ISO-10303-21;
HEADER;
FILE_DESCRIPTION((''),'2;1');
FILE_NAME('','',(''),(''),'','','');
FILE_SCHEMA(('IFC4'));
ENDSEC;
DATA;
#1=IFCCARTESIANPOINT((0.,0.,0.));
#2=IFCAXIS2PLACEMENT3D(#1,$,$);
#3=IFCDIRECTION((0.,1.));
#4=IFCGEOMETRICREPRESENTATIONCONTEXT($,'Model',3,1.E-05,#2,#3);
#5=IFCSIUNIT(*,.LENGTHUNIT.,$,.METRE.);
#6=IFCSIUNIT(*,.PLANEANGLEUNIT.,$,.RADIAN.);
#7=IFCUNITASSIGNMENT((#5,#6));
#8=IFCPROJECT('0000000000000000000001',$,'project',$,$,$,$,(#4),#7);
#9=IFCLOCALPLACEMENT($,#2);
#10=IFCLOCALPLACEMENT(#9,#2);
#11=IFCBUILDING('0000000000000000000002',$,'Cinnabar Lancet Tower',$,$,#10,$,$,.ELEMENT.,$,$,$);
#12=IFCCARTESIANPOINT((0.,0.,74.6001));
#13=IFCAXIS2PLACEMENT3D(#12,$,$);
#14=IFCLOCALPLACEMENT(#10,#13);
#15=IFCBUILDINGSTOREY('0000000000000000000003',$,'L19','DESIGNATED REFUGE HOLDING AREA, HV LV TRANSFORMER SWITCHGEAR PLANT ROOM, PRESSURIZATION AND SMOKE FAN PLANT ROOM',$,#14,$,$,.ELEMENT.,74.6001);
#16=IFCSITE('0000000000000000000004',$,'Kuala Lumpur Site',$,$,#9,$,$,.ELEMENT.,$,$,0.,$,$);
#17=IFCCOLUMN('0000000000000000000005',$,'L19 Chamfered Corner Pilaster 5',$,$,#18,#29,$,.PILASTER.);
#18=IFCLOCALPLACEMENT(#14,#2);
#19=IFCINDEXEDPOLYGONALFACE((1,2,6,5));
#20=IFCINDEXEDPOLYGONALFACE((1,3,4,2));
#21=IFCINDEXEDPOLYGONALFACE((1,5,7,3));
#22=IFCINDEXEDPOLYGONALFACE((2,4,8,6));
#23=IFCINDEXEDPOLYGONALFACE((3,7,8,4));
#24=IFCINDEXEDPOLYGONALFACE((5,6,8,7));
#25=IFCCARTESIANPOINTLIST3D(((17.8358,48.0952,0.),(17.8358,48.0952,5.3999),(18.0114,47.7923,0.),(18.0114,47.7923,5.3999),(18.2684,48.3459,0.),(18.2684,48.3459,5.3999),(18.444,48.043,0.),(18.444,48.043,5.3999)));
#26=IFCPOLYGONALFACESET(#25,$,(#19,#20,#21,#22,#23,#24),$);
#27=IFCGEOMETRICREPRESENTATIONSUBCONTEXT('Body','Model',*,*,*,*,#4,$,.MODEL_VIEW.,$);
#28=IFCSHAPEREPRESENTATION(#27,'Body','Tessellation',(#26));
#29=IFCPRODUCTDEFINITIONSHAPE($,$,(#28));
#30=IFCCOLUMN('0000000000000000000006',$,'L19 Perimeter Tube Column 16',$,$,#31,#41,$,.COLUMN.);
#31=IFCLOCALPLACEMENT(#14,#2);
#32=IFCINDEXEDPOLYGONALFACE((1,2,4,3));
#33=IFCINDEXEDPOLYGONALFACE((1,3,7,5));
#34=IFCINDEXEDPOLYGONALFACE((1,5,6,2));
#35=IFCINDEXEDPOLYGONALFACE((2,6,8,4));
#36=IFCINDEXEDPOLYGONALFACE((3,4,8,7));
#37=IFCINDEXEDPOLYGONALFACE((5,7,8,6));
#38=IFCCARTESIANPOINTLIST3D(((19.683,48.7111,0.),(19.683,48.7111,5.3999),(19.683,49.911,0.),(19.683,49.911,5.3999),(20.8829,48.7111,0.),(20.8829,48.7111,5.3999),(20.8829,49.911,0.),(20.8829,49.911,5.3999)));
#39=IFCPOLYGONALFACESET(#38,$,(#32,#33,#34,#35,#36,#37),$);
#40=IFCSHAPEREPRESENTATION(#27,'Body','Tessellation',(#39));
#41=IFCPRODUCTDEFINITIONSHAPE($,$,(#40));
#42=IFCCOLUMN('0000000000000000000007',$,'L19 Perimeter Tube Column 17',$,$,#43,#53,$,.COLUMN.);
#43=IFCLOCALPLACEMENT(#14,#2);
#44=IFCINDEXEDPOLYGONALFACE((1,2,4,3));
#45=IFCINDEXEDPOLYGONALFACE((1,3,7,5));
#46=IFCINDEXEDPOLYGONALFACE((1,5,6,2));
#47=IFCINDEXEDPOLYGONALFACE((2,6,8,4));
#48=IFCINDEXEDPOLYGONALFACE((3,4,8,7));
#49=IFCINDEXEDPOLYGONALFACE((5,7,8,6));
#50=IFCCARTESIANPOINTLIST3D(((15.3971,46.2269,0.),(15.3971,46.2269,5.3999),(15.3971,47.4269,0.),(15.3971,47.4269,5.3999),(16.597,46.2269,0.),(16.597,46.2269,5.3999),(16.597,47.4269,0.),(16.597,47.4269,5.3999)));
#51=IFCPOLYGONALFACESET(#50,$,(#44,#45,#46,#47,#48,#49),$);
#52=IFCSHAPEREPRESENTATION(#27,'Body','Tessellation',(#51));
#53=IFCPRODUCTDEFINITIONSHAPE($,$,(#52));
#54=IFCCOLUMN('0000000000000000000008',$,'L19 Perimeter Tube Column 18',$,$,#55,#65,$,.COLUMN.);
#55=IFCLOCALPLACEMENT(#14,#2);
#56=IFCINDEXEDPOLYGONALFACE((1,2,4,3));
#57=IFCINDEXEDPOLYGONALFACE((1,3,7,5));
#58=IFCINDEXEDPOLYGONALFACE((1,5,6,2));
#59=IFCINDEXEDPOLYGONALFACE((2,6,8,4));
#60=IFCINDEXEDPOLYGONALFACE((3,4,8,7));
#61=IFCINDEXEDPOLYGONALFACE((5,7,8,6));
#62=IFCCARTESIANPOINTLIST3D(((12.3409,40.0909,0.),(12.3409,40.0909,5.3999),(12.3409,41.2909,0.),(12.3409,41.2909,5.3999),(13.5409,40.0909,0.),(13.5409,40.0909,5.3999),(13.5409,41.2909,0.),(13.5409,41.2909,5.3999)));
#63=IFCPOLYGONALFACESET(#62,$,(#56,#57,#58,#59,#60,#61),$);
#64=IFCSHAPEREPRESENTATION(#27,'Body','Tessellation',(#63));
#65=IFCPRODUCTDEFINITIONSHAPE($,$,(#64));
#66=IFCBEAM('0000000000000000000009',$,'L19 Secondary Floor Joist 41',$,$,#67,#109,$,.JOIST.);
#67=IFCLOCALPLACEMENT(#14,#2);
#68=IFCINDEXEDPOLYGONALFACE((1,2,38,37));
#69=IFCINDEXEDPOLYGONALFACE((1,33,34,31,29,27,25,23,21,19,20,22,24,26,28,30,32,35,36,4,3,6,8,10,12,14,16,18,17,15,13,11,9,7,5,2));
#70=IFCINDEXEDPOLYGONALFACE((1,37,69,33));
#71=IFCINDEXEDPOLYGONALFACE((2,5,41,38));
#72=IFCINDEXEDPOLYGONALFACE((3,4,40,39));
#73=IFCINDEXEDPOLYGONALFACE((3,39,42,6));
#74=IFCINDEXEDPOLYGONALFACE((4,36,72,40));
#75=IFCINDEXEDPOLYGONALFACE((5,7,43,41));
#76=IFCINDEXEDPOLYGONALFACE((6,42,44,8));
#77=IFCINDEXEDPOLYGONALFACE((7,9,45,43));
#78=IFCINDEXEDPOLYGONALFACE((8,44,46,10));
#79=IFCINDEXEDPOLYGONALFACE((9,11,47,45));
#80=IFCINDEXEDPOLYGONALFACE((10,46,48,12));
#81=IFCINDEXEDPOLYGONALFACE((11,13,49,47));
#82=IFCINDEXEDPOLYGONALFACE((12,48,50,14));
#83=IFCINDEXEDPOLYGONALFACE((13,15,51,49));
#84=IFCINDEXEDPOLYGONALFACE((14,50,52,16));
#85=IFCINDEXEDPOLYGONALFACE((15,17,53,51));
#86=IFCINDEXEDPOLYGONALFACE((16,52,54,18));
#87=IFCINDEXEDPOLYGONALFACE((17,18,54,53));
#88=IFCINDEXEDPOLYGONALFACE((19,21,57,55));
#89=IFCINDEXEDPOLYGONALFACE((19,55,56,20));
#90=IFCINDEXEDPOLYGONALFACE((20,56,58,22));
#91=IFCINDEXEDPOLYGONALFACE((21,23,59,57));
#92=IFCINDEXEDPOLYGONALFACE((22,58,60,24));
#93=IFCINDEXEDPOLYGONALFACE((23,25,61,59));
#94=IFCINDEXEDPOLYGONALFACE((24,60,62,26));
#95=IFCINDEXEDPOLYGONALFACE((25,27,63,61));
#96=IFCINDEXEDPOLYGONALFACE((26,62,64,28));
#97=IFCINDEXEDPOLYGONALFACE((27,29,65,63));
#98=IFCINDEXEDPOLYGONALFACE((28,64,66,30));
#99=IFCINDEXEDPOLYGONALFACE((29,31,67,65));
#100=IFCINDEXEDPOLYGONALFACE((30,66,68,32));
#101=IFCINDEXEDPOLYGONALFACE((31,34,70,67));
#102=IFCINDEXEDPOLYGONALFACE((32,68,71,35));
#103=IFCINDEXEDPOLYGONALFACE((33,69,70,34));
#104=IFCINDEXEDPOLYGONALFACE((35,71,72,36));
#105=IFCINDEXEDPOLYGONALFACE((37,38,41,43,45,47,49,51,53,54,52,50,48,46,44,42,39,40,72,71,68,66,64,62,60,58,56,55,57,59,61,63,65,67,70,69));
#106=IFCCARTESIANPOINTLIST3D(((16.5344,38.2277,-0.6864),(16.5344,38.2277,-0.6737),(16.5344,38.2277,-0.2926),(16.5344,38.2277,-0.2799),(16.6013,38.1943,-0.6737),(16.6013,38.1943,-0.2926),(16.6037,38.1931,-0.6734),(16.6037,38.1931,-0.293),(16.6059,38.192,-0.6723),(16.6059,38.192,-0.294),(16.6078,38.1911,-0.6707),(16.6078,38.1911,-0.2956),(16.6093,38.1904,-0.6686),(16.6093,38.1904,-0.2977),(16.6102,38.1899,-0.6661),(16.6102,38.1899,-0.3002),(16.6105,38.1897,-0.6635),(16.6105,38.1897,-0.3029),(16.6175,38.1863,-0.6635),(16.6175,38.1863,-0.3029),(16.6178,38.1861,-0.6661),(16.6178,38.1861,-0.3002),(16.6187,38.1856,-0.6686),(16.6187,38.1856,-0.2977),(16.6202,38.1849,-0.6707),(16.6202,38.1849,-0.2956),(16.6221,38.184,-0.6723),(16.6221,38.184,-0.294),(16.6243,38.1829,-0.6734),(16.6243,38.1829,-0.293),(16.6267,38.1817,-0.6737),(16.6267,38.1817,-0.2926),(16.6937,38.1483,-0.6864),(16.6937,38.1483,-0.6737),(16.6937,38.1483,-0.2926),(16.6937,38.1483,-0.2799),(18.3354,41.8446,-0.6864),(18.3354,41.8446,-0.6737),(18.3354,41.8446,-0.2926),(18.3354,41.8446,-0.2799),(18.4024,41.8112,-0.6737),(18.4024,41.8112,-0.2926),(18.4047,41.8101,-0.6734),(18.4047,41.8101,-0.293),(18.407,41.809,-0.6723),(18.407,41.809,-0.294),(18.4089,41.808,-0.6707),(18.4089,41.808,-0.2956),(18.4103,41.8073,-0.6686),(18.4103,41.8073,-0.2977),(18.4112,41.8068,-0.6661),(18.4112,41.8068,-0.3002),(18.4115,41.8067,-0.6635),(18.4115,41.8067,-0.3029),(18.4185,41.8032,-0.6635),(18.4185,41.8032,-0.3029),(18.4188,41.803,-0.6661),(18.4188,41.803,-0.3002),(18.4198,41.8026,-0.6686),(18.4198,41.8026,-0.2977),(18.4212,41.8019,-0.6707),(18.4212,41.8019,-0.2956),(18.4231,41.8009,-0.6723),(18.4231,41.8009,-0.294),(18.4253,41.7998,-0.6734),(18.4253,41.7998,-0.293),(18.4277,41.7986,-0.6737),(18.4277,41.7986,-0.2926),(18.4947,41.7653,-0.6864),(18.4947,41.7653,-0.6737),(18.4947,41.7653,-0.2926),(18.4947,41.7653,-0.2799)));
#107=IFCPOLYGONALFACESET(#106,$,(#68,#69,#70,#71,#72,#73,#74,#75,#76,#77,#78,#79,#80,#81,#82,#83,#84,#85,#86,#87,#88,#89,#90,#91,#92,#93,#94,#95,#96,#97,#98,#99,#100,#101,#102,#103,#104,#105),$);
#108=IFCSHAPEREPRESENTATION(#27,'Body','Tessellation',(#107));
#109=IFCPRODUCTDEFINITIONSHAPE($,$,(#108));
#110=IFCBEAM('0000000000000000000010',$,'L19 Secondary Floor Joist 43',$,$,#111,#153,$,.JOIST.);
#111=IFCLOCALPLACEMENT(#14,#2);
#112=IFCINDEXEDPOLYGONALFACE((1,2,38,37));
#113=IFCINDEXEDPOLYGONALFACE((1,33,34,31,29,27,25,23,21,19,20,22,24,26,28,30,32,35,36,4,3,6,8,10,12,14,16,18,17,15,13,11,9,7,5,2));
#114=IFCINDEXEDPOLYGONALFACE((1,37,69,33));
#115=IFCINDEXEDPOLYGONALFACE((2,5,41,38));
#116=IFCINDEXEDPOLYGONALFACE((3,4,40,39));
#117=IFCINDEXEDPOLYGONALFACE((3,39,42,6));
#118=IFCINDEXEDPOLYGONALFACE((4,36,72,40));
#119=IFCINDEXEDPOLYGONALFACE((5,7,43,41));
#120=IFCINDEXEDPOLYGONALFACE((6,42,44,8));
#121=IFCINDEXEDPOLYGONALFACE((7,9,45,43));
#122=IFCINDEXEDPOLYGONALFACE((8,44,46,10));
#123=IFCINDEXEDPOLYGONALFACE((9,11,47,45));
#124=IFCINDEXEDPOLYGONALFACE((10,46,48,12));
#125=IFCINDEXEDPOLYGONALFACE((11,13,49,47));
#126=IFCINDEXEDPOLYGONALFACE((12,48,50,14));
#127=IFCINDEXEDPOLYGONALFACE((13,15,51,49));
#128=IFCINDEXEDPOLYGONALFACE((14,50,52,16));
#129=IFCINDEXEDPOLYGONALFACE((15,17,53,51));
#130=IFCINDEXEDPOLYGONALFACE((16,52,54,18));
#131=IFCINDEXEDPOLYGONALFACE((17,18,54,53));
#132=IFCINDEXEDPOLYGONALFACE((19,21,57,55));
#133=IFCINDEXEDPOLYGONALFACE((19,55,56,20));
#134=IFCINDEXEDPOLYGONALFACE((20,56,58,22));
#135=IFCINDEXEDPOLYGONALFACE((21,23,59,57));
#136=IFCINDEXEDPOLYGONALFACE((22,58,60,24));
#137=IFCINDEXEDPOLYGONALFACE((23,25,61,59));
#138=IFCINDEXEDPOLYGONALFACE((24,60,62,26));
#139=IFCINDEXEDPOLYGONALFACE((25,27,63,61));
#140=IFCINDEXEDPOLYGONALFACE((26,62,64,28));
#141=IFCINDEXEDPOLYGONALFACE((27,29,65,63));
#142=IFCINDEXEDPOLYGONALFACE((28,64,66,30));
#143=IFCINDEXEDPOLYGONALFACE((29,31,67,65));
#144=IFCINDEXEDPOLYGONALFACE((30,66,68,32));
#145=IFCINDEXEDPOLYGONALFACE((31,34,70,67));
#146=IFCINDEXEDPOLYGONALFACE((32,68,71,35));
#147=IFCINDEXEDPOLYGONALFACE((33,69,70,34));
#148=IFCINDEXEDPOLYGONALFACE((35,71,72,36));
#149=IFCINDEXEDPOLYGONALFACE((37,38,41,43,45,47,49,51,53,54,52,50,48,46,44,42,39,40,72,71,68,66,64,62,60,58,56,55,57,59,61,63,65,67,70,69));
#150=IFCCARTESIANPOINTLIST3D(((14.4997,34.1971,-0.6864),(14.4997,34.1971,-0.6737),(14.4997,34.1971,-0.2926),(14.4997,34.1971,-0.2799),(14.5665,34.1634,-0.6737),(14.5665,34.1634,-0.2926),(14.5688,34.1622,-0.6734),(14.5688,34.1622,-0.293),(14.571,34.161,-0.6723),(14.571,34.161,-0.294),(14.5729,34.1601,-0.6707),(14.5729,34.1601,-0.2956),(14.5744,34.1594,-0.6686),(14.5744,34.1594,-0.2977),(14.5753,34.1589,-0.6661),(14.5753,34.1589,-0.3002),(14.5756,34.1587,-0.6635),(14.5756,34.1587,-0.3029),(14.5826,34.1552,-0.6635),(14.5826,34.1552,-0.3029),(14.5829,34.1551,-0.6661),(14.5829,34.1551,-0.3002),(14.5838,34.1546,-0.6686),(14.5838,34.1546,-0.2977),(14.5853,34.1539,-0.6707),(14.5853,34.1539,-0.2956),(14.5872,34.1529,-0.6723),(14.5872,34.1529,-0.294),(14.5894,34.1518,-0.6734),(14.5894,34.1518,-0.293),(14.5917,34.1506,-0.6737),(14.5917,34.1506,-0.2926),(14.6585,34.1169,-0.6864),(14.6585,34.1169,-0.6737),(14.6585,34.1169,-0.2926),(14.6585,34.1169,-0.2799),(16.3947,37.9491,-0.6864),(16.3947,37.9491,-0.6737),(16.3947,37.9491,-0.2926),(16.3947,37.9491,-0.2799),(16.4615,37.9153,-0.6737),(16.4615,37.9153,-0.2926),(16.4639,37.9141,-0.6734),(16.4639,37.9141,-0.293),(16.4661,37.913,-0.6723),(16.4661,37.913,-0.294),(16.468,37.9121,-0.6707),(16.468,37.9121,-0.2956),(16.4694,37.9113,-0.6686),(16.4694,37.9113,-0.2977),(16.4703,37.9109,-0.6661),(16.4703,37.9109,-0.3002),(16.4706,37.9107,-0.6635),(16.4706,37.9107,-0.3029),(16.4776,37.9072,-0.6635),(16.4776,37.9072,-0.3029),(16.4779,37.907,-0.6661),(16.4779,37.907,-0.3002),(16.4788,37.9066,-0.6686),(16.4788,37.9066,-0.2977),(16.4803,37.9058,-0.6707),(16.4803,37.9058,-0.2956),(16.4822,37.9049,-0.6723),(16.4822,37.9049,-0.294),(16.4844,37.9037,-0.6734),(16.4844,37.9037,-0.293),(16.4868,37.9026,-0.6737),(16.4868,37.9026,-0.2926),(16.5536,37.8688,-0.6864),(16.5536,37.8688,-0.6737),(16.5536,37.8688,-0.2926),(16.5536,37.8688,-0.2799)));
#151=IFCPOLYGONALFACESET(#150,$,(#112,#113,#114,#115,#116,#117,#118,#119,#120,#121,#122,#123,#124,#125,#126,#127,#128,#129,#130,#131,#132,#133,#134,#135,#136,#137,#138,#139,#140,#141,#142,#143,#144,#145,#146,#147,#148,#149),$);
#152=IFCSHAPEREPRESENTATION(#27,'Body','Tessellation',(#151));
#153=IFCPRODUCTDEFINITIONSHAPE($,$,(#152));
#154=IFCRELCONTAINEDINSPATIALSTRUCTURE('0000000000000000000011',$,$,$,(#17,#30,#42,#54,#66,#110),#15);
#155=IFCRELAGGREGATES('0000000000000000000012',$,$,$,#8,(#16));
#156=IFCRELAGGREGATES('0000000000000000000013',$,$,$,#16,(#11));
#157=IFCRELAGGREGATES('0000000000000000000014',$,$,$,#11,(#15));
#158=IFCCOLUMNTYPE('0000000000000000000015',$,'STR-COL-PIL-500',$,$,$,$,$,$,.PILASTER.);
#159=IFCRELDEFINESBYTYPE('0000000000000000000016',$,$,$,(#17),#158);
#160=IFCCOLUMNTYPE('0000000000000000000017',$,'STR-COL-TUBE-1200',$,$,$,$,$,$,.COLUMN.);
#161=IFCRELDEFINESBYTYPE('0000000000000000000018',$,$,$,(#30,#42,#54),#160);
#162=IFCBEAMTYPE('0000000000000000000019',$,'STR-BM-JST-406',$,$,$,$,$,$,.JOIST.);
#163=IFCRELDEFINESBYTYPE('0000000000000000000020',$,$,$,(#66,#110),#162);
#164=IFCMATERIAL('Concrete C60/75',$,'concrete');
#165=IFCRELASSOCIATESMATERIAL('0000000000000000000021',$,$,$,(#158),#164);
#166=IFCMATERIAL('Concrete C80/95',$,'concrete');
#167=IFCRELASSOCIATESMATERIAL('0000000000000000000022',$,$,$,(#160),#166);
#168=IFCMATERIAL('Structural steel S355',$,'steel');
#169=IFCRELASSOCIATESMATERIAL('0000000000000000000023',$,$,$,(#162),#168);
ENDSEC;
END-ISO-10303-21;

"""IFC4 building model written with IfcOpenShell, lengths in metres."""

from ifc_helpers import new_model, si_unit, direction, frame, origin, origin_2d, place, context, subcontext, project, spatial, rectangle, i_section, extrude, material, material_profile, profile_set, type_object, element, save


model = new_model("IFC4")

# Units and contexts
model_context = context("Model", 3, precision=1e-05, world=origin(), true_north=direction((0.0, 1.0)))
body_context = subcontext(model_context, "Body", "Model", "MODEL_VIEW")
ifc_project = project(units=[si_unit("LENGTHUNIT", "METRE"), si_unit("PLANEANGLEUNIT", "RADIAN")], contexts=[model_context])

# Site, building, storey
site_placement = place(None, origin())
site = spatial("IfcSite", under=ifc_project, at=site_placement, Name="Kuala Lumpur Site", CompositionType="ELEMENT", RefElevation=0.0)
building_placement = place(site_placement, origin())
building = spatial("IfcBuilding", under=site, at=building_placement, Name="Cinnabar Lancet Tower", CompositionType="ELEMENT")
storey_placement = place(building_placement, frame((0.0, 0.0, 74.6001)))
storey = spatial("IfcBuildingStorey", under=building, at=storey_placement, Name="L19", Description="DESIGNATED REFUGE HOLDING AREA, HV LV TRANSFORMER SWITCHGEAR PLANT ROOM, PRESSURIZATION AND SMOKE FAN PLANT ROOM", CompositionType="ELEMENT", Elevation=74.6001)

# Columns
ifc_material_1 = material(Name="Concrete C60/75", Category="concrete")
ifc_material_profile_1 = material_profile(ifc_material_1, rectangle(XDim=0.5, YDim=0.3501, at=origin_2d()), Name="RC-PIL 500x350")
ifc_profile_set_1 = profile_set([ifc_material_profile_1], Name="Concrete C60/75")
column_type_1 = type_object("IfcColumnType", Name="STR-COL-PIL-500", PredefinedType="PILASTER", material=ifc_profile_set_1)
column_placement = place(storey_placement, frame((18.1399, 48.0691, 0.0), z_axis=(0.0, 0.0, 1.0), x_axis=(-0.865195, -0.501435, 0.0)))
element("IfcColumn", 1, at=column_placement, inside=storey, type_object=column_type_1, Name="L19 Chamfered Corner Pilaster 5", PredefinedType="PILASTER", context=body_context, shape_type="SweptSolid", body=[
    extrude(rectangle(XDim=0.5, YDim=0.3501, at=origin_2d()), origin(), (0.0, 0.0, 1.0), 5.3999),
])
ifc_material_2 = material(Name="Concrete C80/95", Category="concrete")
ifc_material_profile_2 = material_profile(ifc_material_2, rectangle(XDim=1.2, YDim=1.2, at=origin_2d()), Name="RC-COL 1200x1200")
ifc_profile_set_2 = profile_set([ifc_material_profile_2], Name="Concrete C80/95")
column_type_2 = type_object("IfcColumnType", Name="STR-COL-TUBE-1200", PredefinedType="COLUMN", material=ifc_profile_set_2)
for number, where, z_axis, x_axis, name in (
    (2, (20.283, 49.311, 0.0), (0.0, 0.0, 1.0), (1.0, 0.0, 0.0), "L19 Perimeter Tube Column 16"),
    (3, (15.9971, 46.8269, 0.0), (0.0, 0.0, 1.0), (1.0, 0.0, 0.0), "L19 Perimeter Tube Column 17"),
    (4, (12.9409, 40.6909, 0.0), (0.0, 0.0, 1.0), (1.0, 0.0, 0.0), "L19 Perimeter Tube Column 18"),
):
    element("IfcColumn", number, at=place(storey_placement, frame(where, z_axis=z_axis, x_axis=x_axis)), inside=storey, type_object=column_type_2, Name=name, PredefinedType="COLUMN", context=body_context, shape_type="SweptSolid", body=[
        extrude(rectangle(XDim=1.2, YDim=1.2, at=origin_2d()), origin(), (0.0, 0.0, 1.0), 5.3999),
    ])

# Beams
ifc_material_3 = material(Name="Structural steel S355", Category="steel")
ifc_material_profile_3 = material_profile(ifc_material_3, i_section(OverallWidth=0.178, OverallDepth=0.4065, WebThickness=0.0078, FlangeThickness=0.0127, FilletRadius=0.0103, at=origin_2d()), Name="UKB 406x178x60")
ifc_profile_set_3 = profile_set([ifc_material_profile_3], Name="Structural steel S355")
beam_type_1 = type_object("IfcBeamType", Name="STR-BM-JST-406", PredefinedType="JOIST", material=ifc_profile_set_3)
beam_1_placement = place(storey_placement, frame((18.415, 41.8049, -0.4832), z_axis=(-0.445739, -0.895163, 0.0), x_axis=(0.895163, -0.445739, 0.0)))
element("IfcBeam", 5, at=beam_1_placement, inside=storey, type_object=beam_type_1, Name="L19 Secondary Floor Joist 41", PredefinedType="JOIST", context=body_context, shape_type="SweptSolid", body=[
    extrude(i_section(OverallWidth=0.178, OverallDepth=0.4065, WebThickness=0.0078, FlangeThickness=0.0127, FilletRadius=0.0103, at=origin_2d()), origin(), (0.0, 0.0, 1.0), 4.0405),
])
beam_2_placement = place(storey_placement, frame((16.4741, 37.9089, -0.4832), z_axis=(-0.450834, -0.892608, 0.0), x_axis=(0.892608, -0.450834, 0.0)))
element("IfcBeam", 6, at=beam_2_placement, inside=storey, type_object=beam_type_1, Name="L19 Secondary Floor Joist 43", PredefinedType="JOIST", context=body_context, shape_type="SweptSolid", body=[
    extrude(i_section(OverallWidth=0.178, OverallDepth=0.4065, WebThickness=0.0078, FlangeThickness=0.0127, FilletRadius=0.0103, at=origin_2d()), origin(), (0.0, 0.0, 1.0), 4.2034),
])

save(model, "model.ifc")
